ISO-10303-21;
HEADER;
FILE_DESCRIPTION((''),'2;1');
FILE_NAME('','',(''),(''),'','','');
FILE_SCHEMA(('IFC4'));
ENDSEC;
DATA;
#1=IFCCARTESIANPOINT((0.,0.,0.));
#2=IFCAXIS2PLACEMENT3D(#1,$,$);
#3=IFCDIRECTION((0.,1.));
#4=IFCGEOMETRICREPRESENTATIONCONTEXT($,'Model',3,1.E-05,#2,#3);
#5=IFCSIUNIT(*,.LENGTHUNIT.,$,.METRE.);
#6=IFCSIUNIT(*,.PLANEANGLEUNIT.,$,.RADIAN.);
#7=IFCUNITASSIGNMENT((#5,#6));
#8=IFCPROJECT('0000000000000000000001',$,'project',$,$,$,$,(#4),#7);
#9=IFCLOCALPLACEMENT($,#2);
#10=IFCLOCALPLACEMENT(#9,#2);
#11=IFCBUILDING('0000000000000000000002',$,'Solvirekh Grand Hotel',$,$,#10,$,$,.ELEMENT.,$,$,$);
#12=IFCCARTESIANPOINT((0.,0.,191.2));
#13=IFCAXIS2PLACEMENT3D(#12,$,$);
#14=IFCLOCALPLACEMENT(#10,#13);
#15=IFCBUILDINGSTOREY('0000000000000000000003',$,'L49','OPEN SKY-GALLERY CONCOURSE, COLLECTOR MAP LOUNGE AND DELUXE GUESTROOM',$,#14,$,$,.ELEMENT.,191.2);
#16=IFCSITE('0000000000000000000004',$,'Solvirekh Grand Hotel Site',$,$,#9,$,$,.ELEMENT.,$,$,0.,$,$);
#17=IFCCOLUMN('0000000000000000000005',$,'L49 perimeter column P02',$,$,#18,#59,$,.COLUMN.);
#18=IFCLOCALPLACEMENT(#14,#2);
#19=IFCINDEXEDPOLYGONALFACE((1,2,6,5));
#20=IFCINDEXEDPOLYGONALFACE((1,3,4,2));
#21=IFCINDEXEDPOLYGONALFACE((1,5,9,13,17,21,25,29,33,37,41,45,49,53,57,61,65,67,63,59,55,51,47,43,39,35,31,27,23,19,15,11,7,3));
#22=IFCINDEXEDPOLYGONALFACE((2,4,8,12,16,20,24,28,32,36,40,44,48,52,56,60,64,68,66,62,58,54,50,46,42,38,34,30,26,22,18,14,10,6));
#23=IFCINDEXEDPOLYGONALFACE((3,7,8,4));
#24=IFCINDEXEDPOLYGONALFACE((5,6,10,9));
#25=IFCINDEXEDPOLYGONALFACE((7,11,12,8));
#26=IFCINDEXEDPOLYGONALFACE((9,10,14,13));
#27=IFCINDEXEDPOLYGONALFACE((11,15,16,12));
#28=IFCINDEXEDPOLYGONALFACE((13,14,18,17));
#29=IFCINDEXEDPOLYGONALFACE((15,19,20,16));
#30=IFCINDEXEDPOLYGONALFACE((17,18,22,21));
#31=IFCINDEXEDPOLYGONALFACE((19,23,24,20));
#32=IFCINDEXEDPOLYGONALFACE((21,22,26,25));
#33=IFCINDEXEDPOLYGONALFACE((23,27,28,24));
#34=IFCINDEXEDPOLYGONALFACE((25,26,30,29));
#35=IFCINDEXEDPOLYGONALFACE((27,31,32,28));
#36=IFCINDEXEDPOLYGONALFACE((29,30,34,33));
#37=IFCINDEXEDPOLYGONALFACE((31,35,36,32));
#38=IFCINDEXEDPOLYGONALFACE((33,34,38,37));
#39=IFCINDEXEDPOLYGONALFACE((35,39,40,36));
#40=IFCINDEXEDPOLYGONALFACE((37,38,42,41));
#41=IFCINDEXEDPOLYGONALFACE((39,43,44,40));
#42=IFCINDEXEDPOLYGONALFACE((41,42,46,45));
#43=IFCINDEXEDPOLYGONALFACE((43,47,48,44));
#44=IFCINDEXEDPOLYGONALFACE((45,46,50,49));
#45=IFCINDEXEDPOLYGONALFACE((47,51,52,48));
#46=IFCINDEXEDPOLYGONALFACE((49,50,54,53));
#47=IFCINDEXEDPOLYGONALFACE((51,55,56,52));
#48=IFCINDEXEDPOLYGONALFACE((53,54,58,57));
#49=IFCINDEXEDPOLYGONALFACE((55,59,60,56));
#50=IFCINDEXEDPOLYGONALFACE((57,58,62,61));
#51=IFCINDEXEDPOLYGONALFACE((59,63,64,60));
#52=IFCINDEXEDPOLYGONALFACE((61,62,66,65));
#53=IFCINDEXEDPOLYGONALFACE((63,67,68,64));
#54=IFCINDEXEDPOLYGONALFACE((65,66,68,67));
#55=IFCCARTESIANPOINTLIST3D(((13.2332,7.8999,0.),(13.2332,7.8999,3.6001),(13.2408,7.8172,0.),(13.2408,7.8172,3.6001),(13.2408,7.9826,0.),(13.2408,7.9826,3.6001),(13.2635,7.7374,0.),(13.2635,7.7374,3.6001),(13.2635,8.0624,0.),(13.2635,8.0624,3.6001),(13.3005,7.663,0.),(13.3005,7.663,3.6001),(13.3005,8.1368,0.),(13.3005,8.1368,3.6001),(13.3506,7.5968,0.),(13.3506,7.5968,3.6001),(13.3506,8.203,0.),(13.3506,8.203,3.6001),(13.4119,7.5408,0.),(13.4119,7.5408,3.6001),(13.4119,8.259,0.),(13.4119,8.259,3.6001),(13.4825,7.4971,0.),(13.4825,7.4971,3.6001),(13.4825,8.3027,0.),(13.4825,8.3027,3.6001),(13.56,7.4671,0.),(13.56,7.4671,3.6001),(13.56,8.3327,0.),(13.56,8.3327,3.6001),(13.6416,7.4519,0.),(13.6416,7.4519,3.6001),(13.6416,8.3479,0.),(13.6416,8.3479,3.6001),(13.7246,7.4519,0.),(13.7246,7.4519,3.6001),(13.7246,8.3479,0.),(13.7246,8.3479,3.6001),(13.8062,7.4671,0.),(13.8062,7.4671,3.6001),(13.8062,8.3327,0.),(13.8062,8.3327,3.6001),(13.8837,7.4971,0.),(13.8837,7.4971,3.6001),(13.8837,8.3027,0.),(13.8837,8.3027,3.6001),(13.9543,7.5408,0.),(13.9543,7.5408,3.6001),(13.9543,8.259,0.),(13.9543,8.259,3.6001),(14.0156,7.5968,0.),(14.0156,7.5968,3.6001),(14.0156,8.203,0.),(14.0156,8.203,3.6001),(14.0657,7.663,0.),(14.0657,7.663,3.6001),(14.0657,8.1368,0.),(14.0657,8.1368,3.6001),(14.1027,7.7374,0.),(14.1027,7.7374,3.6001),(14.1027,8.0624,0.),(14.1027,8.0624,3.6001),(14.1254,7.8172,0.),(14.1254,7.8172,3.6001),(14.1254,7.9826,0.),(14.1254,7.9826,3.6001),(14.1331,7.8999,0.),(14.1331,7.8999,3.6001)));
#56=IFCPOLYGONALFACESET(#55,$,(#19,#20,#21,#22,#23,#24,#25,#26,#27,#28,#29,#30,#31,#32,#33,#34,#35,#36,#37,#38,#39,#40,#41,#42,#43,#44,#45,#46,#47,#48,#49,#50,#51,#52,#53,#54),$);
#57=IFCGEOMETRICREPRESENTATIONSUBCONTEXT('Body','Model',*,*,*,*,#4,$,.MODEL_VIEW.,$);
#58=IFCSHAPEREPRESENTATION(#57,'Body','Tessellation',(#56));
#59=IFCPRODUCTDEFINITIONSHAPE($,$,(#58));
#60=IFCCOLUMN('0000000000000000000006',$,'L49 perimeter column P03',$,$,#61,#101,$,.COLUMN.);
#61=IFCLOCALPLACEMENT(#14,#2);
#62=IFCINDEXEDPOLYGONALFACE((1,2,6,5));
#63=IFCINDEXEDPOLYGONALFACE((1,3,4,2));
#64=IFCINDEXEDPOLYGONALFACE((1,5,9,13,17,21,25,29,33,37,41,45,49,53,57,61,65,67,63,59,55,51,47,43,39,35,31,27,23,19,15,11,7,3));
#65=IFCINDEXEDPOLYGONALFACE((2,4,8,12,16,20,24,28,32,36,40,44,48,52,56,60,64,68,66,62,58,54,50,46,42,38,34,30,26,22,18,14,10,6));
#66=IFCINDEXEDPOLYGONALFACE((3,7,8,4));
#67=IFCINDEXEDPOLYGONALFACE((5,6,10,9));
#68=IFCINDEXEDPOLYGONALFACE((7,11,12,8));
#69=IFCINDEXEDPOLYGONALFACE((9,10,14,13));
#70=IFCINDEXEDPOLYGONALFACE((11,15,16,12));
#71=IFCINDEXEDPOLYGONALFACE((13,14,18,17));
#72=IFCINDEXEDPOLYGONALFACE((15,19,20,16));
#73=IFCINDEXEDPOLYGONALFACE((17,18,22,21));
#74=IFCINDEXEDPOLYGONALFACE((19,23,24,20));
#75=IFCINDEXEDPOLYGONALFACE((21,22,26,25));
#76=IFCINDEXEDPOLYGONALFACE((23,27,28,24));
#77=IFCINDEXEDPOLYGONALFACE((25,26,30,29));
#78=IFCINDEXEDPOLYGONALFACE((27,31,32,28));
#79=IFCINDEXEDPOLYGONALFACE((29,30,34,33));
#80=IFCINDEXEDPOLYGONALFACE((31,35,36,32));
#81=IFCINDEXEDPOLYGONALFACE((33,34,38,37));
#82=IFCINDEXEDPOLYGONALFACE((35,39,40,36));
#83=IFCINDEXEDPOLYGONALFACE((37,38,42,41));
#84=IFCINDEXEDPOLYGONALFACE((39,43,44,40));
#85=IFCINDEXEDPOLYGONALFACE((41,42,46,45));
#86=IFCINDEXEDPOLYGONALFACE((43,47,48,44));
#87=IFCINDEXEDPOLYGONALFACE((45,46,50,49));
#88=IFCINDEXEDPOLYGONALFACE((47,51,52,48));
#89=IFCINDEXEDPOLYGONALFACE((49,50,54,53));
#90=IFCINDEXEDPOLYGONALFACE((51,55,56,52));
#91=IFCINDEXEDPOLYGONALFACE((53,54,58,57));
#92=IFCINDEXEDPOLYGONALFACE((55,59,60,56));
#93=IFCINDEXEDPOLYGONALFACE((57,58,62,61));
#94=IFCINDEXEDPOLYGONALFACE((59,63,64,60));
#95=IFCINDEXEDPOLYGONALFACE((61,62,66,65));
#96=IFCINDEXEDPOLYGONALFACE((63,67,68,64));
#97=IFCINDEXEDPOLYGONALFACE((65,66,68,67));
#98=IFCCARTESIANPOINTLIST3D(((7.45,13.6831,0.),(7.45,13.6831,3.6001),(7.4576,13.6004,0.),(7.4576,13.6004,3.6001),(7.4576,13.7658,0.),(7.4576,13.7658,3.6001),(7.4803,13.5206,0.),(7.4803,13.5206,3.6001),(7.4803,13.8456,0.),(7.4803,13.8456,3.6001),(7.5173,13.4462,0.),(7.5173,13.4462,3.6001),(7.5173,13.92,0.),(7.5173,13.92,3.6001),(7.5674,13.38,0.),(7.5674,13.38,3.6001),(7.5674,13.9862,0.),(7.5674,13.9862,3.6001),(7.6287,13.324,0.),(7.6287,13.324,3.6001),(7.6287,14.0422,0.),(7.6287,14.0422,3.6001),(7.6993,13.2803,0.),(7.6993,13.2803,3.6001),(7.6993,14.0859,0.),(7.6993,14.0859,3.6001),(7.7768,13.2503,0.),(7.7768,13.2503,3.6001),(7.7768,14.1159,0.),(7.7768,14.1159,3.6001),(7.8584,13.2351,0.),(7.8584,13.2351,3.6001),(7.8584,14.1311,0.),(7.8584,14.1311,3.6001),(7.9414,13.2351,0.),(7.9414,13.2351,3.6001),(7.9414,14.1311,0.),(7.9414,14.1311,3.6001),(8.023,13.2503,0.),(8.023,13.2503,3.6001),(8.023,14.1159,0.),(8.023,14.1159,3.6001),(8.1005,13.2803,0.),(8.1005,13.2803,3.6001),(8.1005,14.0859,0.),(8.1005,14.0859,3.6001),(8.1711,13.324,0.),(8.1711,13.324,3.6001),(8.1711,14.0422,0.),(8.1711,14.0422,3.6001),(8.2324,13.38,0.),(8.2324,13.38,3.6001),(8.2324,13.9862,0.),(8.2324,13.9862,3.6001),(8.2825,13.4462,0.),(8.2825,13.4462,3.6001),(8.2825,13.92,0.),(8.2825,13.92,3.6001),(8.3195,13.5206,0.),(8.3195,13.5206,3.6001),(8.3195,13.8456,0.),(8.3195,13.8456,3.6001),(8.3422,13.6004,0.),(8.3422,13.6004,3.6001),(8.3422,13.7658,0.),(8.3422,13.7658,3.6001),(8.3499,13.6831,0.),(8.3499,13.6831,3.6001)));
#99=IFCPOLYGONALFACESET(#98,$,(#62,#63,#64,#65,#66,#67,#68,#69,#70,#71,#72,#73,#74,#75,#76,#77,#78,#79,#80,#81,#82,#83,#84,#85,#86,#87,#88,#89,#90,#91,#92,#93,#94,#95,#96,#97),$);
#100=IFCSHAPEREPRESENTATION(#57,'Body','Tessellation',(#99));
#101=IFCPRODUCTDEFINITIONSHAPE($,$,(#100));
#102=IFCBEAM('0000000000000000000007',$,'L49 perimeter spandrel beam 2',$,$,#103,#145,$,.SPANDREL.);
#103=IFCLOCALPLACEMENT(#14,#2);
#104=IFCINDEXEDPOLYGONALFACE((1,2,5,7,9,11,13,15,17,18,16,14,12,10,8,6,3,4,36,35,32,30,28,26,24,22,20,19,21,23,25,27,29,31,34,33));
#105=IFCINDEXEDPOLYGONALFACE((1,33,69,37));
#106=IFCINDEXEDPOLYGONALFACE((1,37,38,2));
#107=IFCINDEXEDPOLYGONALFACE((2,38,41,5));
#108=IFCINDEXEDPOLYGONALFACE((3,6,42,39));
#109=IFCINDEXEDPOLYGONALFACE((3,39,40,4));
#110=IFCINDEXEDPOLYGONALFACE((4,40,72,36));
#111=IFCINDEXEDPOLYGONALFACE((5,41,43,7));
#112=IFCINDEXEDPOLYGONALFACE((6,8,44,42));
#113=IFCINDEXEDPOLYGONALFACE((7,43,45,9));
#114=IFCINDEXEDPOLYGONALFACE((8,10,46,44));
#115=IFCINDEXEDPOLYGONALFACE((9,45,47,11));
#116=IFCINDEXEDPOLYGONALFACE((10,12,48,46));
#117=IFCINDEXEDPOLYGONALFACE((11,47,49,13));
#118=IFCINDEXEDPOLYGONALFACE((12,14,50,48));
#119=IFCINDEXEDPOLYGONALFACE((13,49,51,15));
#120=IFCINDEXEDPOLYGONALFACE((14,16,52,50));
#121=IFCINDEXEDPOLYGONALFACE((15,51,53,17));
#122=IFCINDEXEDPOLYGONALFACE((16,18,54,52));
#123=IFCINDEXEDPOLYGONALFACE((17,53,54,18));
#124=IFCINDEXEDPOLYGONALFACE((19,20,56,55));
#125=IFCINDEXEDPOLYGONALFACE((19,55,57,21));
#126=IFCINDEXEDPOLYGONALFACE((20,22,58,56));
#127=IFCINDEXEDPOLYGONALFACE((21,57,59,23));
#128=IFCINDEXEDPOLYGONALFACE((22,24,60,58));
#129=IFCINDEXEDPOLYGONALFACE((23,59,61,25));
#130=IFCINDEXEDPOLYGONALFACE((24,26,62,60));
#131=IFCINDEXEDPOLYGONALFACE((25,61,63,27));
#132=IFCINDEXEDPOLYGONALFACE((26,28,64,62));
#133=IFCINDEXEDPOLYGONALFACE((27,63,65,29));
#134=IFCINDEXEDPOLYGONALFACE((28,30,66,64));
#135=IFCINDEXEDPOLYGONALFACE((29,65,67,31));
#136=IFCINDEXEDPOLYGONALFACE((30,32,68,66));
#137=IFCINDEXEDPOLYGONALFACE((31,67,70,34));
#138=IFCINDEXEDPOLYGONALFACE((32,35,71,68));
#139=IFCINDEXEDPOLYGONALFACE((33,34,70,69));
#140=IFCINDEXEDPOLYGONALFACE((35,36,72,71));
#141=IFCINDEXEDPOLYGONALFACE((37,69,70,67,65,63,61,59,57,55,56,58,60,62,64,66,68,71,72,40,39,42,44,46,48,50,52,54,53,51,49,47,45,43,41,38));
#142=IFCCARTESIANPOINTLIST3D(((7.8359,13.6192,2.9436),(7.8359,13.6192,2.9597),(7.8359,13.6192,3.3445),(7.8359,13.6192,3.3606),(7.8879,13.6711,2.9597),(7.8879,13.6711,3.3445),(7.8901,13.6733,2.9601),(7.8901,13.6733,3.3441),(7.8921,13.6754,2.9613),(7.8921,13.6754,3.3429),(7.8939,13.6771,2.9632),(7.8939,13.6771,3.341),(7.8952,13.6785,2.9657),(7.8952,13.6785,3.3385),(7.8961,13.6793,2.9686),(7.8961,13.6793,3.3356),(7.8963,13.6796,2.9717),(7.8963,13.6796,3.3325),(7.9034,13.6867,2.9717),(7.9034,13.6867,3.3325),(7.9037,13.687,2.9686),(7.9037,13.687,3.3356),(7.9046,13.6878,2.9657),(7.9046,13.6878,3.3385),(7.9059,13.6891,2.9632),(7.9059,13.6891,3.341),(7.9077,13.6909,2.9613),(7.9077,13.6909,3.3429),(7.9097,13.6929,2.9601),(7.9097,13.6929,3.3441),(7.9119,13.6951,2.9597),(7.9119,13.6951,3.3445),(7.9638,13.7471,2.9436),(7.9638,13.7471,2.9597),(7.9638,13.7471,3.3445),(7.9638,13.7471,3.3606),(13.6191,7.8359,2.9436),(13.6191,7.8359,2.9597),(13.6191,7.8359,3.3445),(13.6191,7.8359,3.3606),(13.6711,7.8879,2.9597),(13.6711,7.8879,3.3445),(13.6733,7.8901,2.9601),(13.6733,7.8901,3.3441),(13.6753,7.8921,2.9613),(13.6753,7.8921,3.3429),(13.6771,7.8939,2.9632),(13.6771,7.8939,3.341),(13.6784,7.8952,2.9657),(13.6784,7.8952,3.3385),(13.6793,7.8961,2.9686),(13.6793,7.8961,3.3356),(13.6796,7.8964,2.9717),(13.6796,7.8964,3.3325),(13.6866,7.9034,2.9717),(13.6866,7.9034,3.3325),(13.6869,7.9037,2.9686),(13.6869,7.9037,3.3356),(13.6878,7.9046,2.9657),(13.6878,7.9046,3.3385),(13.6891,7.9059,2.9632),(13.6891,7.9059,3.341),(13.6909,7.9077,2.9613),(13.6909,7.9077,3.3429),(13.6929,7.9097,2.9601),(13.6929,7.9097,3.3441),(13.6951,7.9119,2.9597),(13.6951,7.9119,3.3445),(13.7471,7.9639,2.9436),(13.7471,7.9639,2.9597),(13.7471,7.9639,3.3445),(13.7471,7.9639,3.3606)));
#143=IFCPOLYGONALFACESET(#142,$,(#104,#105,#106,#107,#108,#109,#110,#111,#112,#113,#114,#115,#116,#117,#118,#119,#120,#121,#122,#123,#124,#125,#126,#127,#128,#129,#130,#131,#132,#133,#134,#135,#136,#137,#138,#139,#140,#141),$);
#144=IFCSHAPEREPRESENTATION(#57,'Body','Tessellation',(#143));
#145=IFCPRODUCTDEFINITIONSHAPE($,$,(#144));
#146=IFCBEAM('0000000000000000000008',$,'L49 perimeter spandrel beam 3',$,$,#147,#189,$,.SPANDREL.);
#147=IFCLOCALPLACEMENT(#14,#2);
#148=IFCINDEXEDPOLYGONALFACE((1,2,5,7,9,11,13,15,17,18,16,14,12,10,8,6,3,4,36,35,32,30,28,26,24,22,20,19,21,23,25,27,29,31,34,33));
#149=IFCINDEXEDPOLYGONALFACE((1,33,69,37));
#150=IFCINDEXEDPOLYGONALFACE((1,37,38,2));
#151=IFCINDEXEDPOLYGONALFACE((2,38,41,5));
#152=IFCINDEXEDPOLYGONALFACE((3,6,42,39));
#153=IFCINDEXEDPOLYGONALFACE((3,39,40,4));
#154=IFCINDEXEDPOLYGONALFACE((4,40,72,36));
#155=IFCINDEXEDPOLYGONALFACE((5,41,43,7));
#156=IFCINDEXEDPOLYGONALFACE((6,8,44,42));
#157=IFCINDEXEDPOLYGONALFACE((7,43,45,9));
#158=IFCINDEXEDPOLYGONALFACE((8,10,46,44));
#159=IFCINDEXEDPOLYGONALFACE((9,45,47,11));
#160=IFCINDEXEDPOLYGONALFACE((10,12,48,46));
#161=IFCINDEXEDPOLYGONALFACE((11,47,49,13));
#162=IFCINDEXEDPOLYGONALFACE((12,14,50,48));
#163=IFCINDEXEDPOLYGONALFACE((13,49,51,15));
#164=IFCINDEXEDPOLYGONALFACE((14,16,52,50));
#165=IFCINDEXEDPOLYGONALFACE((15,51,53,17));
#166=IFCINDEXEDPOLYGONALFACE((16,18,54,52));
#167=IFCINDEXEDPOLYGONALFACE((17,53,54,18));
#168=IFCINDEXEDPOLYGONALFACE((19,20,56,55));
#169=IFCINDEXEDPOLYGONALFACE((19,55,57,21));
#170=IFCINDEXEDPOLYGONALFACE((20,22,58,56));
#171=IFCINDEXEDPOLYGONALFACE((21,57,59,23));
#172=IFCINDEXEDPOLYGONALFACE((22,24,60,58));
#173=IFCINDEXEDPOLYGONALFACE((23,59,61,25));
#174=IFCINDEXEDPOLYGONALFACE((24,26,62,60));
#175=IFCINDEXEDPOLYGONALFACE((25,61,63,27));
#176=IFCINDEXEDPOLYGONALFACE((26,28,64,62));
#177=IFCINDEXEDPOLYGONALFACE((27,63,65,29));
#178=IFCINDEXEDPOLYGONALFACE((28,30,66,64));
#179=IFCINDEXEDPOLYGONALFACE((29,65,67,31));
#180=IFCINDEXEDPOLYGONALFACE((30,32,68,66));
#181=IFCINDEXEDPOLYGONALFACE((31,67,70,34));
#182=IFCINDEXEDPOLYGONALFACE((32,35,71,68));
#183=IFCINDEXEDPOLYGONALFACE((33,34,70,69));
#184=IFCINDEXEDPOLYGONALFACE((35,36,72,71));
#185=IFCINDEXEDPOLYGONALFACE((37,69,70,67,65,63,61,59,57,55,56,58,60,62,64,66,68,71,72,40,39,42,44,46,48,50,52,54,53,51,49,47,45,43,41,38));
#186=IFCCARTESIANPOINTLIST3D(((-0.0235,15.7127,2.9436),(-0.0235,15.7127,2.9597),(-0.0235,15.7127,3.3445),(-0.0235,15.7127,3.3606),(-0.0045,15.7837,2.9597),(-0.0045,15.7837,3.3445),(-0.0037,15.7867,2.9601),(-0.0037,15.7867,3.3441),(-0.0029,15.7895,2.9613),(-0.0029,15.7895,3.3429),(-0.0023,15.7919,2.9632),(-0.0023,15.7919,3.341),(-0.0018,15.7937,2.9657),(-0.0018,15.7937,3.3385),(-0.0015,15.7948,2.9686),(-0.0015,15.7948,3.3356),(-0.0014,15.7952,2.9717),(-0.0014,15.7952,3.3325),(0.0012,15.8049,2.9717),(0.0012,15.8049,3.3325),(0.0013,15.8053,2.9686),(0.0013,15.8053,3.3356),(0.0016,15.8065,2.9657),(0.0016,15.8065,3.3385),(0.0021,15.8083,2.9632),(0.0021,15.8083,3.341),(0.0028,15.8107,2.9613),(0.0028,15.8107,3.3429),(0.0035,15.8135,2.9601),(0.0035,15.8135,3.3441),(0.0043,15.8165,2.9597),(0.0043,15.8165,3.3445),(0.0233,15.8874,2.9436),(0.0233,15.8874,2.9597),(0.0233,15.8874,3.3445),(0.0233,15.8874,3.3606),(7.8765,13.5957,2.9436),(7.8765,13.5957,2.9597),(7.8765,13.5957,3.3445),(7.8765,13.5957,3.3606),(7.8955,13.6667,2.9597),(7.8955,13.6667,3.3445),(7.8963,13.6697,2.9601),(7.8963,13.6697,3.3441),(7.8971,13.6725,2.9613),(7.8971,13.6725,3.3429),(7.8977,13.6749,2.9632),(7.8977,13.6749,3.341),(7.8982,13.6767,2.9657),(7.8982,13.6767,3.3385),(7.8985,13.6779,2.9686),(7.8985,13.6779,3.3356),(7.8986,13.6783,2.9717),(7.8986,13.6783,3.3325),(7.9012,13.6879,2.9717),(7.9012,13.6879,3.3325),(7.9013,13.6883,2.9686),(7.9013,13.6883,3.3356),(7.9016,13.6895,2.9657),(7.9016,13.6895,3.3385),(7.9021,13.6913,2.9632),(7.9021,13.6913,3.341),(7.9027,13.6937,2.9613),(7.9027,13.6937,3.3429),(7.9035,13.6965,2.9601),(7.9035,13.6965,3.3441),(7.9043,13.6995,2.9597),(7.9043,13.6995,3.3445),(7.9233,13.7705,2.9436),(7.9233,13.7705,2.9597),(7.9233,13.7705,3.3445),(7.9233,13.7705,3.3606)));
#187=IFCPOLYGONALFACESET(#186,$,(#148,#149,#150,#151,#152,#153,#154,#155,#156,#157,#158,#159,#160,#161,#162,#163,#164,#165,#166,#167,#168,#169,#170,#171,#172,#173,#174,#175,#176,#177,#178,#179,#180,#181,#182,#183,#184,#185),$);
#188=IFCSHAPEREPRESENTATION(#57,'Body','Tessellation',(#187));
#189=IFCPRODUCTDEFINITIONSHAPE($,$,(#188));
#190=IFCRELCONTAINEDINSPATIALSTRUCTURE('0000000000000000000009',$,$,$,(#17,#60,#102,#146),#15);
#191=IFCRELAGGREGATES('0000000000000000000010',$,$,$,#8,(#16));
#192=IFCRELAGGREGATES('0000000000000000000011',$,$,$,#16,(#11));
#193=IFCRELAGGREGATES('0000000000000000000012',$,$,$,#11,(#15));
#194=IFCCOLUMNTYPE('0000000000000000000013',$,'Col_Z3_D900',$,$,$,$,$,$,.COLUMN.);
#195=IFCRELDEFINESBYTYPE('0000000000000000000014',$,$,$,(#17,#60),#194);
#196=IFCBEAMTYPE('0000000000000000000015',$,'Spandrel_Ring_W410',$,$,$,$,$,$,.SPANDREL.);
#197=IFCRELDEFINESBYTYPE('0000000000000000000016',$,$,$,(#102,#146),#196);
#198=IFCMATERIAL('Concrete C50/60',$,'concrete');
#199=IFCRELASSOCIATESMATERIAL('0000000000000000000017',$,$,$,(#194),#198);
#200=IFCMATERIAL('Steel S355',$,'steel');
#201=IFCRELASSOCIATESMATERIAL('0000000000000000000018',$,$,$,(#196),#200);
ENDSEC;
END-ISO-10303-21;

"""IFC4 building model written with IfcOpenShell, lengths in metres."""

from ifc_helpers import new_model, si_unit, direction, frame, origin, origin_2d, place, context, subcontext, project, spatial, circle, i_section, extrude, material, material_profile, profile_set, type_object, element, save


model = new_model("IFC4")

# Units and contexts
model_context = context("Model", 3, precision=1e-05, world=origin(), true_north=direction((0.0, 1.0)))
body_context = subcontext(model_context, "Body", "Model", "MODEL_VIEW")
ifc_project = project(units=[si_unit("LENGTHUNIT", "METRE"), si_unit("PLANEANGLEUNIT", "RADIAN")], contexts=[model_context])

# Site, building, storey
site_placement = place(None, origin())
site = spatial("IfcSite", under=ifc_project, at=site_placement, Name="Solvirekh Grand Hotel Site", CompositionType="ELEMENT", RefElevation=0.0)
building_placement = place(site_placement, origin())
building = spatial("IfcBuilding", under=site, at=building_placement, Name="Solvirekh Grand Hotel", CompositionType="ELEMENT")
storey_placement = place(building_placement, frame((0.0, 0.0, 191.2)))
storey = spatial("IfcBuildingStorey", under=building, at=storey_placement, Name="L49", Description="OPEN SKY-GALLERY CONCOURSE, COLLECTOR MAP LOUNGE AND DELUXE GUESTROOM", CompositionType="ELEMENT", Elevation=191.2)

# Columns
ifc_material_1 = material(Name="Concrete C50/60", Category="concrete")
ifc_material_profile_1 = material_profile(ifc_material_1, circle(Radius=0.45, at=origin_2d()), Name="RC CIRC D900")
ifc_profile_set_1 = profile_set([ifc_material_profile_1], Name="Concrete C50/60")
column_type = type_object("IfcColumnType", Name="Col_Z3_D900", PredefinedType="COLUMN", material=ifc_profile_set_1)
for number, where, z_axis, x_axis, name in (
    (1, (13.6831, 7.8999, 0.0), (0.0, 0.0, 1.0), (1.0, 0.0, 0.0), "L49 perimeter column P02"),
    (2, (7.8999, 13.6831, 0.0), (0.0, 0.0, 1.0), (1.0, 0.0, 0.0), "L49 perimeter column P03"),
):
    element("IfcColumn", number, at=place(storey_placement, frame(where, z_axis=z_axis, x_axis=x_axis)), inside=storey, type_object=column_type, Name=name, PredefinedType="COLUMN", context=body_context, shape_type="SweptSolid", body=[
        extrude(circle(Radius=0.45, at=origin_2d()), origin(), (0.0, 0.0, 1.0), 3.6001),
    ])

# Beams
ifc_material_2 = material(Name="Steel S355", Category="steel")
ifc_material_profile_2 = material_profile(ifc_material_2, i_section(OverallWidth=0.1809, OverallDepth=0.417, WebThickness=0.01, FlangeThickness=0.0161, FilletRadius=0.012, at=origin_2d()), Name="W410X85")
ifc_profile_set_2 = profile_set([ifc_material_profile_2], Name="Steel S355")
beam_type = type_object("IfcBeamType", Name="Spandrel_Ring_W410", PredefinedType="SPANDREL", material=ifc_profile_set_2)
for number, where, z_axis, x_axis, name in (
    (3, (13.6831, 7.8999, 3.1521), (-0.707107, 0.707107, 0.0), (-0.707107, -0.707107, 0.0), "L49 perimeter spandrel beam 2"),
    (4, (7.8999, 13.6831, 3.1521), (-0.965921, 0.258839, 0.0), (-0.258839, -0.965921, 0.0), "L49 perimeter spandrel beam 3"),
):
    element("IfcBeam", number, at=place(storey_placement, frame(where, z_axis=z_axis, x_axis=x_axis)), inside=storey, type_object=beam_type, Name=name, PredefinedType="SPANDREL", context=body_context, shape_type="SweptSolid", body=[
        extrude(i_section(OverallWidth=0.1809, OverallDepth=0.417, WebThickness=0.01, FlangeThickness=0.0161, FilletRadius=0.012, at=origin_2d()), origin(), (0.0, 0.0, 1.0), 8.1787),
    ])

save(model, "model.ifc")
